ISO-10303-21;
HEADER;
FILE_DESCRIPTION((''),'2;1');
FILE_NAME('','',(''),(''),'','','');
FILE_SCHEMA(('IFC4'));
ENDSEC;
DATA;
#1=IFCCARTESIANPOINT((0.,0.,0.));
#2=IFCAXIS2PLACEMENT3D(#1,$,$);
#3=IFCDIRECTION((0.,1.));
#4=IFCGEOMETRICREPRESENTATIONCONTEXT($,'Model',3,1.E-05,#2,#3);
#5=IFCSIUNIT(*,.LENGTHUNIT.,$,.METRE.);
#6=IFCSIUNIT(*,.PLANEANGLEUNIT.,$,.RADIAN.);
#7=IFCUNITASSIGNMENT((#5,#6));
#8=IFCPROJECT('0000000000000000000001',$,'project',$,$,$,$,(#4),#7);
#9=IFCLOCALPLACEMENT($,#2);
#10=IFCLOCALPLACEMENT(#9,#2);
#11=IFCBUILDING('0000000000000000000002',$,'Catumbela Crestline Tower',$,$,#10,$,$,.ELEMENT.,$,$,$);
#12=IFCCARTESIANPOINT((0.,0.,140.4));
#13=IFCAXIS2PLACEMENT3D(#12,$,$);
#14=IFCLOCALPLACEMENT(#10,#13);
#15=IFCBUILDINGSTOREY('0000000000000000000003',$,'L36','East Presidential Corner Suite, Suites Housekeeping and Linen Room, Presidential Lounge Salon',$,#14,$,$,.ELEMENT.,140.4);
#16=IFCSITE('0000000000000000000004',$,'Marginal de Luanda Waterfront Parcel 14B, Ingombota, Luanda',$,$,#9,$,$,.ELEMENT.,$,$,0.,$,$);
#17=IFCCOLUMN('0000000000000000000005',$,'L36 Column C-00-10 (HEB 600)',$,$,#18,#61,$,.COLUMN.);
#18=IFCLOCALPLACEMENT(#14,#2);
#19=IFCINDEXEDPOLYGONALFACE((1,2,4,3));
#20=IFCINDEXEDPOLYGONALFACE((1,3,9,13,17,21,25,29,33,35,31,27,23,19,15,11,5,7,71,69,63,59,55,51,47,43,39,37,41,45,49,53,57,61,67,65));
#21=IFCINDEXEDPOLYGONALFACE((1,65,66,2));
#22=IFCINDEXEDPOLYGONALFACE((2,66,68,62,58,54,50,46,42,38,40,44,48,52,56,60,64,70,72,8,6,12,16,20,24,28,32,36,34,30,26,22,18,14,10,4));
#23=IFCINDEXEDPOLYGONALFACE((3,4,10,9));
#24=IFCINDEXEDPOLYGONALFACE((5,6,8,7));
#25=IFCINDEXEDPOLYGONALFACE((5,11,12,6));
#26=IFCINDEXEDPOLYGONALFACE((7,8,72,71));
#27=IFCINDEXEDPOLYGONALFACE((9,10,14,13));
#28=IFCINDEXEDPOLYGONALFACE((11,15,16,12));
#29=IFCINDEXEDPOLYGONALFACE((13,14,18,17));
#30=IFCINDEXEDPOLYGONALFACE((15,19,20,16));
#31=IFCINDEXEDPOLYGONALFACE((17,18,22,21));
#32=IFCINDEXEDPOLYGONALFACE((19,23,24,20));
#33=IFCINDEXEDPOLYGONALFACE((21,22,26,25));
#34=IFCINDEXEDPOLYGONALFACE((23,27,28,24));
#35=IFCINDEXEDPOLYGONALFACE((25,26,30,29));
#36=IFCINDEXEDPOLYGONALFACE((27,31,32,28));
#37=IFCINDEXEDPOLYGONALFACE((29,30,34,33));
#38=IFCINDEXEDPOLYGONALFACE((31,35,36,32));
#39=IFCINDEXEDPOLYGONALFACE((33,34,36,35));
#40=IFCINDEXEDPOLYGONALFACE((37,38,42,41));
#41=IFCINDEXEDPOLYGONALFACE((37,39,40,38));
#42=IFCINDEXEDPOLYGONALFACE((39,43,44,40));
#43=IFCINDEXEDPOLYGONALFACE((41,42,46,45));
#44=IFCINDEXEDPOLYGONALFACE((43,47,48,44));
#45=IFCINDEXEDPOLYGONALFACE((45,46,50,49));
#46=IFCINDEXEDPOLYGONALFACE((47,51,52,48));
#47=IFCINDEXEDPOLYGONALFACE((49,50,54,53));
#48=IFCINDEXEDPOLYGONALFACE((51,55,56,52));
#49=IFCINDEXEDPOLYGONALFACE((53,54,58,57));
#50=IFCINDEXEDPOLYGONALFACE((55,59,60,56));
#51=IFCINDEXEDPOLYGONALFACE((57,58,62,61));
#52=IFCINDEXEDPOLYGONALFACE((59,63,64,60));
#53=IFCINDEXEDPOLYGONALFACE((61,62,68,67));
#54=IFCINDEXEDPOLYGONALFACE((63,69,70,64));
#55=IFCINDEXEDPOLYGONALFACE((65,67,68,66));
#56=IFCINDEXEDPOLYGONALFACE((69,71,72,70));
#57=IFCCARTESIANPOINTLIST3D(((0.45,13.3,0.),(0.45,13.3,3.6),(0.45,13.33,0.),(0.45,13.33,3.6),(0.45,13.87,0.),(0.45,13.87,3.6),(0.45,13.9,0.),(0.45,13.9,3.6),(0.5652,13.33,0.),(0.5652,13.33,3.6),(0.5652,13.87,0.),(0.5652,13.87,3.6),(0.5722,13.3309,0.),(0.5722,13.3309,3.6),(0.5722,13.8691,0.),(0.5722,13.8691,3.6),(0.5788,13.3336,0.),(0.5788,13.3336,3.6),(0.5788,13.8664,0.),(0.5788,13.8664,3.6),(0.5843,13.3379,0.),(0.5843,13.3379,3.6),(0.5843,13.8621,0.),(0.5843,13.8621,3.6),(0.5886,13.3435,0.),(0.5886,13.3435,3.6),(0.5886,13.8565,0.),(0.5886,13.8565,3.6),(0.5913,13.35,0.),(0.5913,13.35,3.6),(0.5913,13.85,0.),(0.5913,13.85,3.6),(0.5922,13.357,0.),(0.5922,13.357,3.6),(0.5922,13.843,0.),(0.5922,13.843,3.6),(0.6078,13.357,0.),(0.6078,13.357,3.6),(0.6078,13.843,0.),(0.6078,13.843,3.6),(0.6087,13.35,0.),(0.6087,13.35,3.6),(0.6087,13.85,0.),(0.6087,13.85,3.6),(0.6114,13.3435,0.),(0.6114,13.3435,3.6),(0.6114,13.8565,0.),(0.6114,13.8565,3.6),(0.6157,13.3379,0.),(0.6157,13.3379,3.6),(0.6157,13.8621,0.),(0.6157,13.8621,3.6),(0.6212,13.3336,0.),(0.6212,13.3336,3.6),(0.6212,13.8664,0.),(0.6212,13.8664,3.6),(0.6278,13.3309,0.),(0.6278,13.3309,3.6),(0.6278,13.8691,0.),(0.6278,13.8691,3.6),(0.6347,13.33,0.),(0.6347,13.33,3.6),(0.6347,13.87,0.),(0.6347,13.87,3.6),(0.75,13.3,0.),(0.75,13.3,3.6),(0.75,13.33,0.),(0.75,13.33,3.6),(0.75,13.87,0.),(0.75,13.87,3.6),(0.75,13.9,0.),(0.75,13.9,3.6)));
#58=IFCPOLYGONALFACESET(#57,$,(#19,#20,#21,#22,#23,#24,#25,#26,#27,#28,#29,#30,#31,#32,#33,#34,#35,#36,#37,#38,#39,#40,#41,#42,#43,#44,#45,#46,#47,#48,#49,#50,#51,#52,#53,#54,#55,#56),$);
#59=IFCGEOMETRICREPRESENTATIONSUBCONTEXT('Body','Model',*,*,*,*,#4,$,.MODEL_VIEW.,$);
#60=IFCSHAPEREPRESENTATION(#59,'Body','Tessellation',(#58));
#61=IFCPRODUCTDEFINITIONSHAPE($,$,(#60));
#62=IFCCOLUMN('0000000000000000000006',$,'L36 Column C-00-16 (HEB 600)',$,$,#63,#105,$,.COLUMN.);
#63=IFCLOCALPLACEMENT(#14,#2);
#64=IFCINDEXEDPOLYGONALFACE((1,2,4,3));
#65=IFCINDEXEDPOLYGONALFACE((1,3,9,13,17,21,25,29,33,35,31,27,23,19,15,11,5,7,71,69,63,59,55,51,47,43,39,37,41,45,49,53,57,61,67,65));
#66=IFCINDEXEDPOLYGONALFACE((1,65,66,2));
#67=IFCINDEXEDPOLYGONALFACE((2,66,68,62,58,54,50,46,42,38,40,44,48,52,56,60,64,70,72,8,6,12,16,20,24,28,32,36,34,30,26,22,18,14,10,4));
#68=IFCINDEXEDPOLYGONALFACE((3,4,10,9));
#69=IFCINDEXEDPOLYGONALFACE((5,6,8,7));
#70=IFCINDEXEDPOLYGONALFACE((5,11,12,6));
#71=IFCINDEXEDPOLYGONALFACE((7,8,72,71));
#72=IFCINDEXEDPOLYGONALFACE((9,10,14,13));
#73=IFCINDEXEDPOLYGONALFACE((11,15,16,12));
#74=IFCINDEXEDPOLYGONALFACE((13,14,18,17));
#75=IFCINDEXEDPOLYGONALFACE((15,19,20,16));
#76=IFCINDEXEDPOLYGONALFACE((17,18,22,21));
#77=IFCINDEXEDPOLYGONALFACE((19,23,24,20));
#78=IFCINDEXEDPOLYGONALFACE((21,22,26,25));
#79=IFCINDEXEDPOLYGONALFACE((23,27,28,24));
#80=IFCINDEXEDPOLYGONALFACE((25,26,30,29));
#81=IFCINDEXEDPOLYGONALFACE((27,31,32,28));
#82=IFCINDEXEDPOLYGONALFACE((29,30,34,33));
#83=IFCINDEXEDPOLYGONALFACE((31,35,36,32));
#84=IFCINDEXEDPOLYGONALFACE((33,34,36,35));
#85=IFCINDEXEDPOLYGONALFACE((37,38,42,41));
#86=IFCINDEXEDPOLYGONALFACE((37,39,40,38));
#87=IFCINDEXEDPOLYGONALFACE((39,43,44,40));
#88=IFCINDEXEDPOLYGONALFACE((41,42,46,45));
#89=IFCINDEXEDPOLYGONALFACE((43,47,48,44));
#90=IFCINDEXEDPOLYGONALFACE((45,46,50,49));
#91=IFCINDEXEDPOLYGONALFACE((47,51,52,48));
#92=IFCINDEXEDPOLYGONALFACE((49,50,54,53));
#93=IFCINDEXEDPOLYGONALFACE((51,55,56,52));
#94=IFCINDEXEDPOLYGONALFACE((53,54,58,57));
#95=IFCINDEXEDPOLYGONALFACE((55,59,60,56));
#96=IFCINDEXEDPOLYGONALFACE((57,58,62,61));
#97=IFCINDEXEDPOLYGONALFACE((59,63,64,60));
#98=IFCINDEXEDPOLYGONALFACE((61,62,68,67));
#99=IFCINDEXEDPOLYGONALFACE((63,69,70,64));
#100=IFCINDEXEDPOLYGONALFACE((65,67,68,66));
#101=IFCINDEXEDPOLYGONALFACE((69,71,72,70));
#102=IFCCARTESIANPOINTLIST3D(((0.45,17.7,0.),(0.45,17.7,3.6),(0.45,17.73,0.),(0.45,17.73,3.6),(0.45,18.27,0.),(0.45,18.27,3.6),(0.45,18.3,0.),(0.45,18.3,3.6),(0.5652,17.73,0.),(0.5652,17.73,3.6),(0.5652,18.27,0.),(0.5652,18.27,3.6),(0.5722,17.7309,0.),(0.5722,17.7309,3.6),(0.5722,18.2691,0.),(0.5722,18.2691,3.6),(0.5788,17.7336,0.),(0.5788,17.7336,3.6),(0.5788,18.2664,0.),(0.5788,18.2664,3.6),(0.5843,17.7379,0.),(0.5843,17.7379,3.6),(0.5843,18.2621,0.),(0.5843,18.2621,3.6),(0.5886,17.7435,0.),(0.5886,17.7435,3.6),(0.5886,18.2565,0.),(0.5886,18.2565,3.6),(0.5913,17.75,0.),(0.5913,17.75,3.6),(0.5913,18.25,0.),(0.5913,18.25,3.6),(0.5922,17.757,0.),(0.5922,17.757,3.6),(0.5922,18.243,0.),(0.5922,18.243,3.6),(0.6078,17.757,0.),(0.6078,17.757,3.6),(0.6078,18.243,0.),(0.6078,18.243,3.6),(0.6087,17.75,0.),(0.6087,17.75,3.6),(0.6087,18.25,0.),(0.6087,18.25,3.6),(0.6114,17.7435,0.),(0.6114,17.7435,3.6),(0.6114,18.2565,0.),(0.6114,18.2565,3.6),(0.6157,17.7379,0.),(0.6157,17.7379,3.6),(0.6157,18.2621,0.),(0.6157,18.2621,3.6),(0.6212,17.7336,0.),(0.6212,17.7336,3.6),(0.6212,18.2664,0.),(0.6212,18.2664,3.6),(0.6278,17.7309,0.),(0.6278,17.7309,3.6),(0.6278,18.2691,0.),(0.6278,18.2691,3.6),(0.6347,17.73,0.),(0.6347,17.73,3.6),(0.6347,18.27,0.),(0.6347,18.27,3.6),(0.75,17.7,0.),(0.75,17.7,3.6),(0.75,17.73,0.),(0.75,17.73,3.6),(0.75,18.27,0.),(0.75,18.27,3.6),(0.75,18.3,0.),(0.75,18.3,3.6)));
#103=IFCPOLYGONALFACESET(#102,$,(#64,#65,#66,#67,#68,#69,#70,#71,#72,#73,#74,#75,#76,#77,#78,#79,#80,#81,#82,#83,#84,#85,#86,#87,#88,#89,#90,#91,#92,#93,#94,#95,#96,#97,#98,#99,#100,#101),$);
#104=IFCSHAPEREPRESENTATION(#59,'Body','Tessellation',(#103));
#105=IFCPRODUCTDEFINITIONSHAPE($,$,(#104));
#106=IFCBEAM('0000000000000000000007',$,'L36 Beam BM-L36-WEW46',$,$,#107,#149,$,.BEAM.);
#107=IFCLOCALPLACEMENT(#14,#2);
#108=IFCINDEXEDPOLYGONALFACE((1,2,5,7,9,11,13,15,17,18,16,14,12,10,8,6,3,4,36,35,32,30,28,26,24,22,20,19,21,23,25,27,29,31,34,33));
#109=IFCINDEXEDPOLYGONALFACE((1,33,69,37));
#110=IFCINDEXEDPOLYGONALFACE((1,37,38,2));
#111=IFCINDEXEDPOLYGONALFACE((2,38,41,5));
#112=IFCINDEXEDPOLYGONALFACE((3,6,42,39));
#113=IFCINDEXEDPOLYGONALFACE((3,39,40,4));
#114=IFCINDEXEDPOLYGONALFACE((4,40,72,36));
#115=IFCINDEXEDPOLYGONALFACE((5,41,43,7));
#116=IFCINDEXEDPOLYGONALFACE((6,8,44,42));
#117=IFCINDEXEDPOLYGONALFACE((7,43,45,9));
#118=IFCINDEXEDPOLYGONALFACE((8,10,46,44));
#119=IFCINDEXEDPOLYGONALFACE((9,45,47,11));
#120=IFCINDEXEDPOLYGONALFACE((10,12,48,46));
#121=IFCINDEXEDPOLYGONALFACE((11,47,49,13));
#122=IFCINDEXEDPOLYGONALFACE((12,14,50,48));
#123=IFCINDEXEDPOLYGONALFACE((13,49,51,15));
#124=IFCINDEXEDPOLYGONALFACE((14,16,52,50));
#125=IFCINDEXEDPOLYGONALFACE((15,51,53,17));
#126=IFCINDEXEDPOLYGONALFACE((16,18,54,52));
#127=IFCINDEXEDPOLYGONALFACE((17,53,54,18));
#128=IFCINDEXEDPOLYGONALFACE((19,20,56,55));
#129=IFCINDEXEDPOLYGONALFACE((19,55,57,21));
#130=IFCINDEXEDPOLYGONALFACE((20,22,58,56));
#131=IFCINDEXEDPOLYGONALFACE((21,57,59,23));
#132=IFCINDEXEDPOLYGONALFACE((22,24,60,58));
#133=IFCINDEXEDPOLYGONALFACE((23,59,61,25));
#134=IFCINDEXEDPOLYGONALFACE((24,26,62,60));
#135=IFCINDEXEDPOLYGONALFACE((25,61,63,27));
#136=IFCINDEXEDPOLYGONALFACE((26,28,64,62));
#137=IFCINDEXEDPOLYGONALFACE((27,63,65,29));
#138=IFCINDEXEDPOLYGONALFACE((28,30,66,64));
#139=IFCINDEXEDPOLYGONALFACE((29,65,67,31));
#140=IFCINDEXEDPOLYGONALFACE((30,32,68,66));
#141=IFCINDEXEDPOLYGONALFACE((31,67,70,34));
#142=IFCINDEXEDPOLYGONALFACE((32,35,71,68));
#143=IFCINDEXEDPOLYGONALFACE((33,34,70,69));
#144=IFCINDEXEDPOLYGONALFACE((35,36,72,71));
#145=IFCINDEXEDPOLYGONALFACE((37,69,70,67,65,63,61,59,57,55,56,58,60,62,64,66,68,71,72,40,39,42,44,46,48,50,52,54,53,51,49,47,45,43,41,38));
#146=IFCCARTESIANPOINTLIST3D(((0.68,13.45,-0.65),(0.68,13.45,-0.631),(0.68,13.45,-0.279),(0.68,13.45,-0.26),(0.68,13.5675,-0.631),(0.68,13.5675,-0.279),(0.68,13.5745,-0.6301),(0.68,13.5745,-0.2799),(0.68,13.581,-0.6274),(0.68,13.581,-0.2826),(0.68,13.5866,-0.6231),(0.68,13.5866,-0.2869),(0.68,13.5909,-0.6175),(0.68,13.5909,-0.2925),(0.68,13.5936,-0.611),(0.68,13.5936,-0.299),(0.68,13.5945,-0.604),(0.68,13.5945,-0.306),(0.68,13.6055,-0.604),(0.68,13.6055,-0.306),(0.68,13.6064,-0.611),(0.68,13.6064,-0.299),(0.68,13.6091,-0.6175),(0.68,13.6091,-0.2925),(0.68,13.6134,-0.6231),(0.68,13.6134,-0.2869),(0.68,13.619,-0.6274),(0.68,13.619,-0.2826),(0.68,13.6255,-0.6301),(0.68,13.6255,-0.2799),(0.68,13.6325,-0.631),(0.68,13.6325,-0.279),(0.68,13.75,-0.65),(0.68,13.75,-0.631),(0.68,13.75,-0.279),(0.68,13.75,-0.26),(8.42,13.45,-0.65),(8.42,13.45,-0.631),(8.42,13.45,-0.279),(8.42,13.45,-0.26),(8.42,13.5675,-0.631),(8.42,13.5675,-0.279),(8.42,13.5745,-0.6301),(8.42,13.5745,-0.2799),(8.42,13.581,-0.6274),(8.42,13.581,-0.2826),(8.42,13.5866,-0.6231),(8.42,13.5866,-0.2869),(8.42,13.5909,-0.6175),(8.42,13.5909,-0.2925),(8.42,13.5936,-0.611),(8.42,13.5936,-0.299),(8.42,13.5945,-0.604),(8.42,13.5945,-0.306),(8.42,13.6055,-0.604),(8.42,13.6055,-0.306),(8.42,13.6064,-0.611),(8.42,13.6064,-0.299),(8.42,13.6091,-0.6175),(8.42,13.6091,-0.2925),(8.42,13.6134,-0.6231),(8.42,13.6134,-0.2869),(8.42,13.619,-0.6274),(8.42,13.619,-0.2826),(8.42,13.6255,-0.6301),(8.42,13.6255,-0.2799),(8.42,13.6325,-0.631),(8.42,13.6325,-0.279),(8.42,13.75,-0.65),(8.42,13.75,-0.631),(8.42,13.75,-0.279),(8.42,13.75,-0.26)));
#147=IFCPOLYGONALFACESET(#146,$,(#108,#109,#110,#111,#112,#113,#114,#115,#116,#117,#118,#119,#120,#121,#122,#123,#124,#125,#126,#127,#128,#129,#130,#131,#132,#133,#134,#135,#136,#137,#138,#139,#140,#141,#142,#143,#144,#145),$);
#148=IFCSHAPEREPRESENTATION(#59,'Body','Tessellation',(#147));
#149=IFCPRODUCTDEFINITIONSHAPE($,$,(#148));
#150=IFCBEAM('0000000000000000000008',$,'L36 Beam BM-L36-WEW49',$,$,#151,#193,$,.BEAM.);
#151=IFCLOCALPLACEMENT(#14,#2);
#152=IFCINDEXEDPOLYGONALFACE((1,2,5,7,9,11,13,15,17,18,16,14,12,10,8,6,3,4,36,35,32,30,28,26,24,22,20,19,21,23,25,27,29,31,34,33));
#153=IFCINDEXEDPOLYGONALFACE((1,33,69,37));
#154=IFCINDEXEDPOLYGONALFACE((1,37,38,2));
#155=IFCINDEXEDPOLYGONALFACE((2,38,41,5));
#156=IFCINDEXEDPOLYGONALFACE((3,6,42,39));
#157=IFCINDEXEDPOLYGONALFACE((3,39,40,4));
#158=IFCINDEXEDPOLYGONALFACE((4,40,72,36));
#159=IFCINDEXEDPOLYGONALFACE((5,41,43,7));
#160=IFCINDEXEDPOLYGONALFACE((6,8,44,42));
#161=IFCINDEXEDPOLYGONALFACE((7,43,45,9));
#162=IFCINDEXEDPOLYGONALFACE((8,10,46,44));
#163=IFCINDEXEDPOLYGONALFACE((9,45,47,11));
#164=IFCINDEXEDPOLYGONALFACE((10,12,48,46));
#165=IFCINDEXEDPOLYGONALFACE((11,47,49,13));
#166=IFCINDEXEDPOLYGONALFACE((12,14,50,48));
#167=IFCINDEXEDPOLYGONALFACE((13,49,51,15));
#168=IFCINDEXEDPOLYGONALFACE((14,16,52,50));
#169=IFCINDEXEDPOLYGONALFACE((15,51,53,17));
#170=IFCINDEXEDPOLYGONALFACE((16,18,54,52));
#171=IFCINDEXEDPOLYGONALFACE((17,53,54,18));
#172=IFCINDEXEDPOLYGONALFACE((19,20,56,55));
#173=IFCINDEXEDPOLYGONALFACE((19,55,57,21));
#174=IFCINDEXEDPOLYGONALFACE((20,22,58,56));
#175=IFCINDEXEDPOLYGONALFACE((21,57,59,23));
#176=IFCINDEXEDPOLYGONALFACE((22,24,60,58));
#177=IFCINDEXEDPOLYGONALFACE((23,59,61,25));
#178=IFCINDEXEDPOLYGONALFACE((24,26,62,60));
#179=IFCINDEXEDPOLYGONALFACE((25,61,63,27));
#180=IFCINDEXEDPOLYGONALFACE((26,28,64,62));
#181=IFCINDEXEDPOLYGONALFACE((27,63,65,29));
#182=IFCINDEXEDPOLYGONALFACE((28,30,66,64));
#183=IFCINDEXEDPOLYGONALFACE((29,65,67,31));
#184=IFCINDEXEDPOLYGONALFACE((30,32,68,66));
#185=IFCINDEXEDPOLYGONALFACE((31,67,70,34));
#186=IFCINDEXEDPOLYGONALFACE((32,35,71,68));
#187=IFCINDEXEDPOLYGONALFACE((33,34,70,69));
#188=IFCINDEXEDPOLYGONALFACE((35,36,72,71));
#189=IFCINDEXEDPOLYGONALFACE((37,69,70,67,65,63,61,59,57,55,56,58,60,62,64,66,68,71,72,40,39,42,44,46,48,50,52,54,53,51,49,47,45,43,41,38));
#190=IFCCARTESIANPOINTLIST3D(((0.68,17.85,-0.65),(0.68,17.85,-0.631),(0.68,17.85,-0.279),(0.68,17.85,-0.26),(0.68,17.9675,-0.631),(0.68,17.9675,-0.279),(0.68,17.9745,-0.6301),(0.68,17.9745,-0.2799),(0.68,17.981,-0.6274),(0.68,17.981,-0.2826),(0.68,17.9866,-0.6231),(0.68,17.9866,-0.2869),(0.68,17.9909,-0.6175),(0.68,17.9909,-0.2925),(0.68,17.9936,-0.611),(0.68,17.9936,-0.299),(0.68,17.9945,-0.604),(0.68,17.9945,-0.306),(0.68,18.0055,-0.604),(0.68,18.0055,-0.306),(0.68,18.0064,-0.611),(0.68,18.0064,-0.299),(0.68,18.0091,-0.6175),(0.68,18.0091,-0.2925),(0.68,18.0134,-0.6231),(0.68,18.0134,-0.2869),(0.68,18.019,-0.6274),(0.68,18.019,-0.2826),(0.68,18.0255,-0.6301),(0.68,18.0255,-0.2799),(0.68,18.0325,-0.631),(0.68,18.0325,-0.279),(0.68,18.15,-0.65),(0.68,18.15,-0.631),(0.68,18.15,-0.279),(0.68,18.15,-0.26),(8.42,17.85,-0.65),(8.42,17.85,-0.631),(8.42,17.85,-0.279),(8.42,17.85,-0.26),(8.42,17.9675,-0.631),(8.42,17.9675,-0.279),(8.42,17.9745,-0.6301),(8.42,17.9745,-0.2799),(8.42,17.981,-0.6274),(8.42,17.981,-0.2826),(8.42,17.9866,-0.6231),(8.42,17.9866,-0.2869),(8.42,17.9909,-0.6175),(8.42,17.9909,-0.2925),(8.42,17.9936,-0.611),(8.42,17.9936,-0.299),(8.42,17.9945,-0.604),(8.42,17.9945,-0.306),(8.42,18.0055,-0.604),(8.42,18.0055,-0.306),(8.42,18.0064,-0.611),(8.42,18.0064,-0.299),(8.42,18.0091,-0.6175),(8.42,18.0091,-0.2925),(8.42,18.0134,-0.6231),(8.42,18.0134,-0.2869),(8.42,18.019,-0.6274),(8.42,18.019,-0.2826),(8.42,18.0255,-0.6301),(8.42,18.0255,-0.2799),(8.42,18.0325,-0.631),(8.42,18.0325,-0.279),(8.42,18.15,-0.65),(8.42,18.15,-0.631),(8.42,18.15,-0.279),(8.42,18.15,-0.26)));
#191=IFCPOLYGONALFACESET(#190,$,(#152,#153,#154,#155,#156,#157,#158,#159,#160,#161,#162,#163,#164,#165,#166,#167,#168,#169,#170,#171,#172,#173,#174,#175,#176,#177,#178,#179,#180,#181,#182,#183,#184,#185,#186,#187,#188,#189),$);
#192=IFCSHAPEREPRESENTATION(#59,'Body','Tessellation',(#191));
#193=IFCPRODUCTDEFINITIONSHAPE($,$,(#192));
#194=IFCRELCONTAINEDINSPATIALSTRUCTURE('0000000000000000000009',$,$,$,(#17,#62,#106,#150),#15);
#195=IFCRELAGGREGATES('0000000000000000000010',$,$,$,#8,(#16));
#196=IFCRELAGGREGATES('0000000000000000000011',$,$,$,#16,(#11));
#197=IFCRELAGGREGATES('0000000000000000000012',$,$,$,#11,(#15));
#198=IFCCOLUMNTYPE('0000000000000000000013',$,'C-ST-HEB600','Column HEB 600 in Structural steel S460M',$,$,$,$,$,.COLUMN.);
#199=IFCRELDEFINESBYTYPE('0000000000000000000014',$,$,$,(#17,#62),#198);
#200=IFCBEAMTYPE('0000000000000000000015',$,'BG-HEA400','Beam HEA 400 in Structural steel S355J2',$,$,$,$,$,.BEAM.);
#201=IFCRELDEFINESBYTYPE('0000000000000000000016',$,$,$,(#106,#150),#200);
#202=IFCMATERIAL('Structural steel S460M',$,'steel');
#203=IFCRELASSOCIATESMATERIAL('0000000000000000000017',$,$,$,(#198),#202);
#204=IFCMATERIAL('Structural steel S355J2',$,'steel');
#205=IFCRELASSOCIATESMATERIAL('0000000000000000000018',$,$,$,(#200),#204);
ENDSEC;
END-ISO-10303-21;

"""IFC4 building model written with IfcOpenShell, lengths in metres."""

from ifc_helpers import new_model, si_unit, direction, frame, origin, origin_2d, place, context, subcontext, project, spatial, i_section, extrude, material, material_profile, profile_set, type_object, element, save


model = new_model("IFC4")

# Units and contexts
model_context = context("Model", 3, precision=1e-05, world=origin(), true_north=direction((0.0, 1.0)))
body_context = subcontext(model_context, "Body", "Model", "MODEL_VIEW")
ifc_project = project(units=[si_unit("LENGTHUNIT", "METRE"), si_unit("PLANEANGLEUNIT", "RADIAN")], contexts=[model_context])

# Site, building, storey
site_placement = place(None, origin())
site = spatial("IfcSite", under=ifc_project, at=site_placement, Name="Marginal de Luanda Waterfront Parcel 14B, Ingombota, Luanda", CompositionType="ELEMENT", RefElevation=0.0)
building_placement = place(site_placement, origin())
building = spatial("IfcBuilding", under=site, at=building_placement, Name="Catumbela Crestline Tower", CompositionType="ELEMENT")
storey_placement = place(building_placement, frame((0.0, 0.0, 140.4)))
storey = spatial("IfcBuildingStorey", under=building, at=storey_placement, Name="L36", Description="East Presidential Corner Suite, Suites Housekeeping and Linen Room, Presidential Lounge Salon", CompositionType="ELEMENT", Elevation=140.4)

# Columns
ifc_material_1 = material(Name="Structural steel S460M", Category="steel")
ifc_material_profile_1 = material_profile(ifc_material_1, i_section(OverallWidth=0.3, OverallDepth=0.6, WebThickness=0.0155, FlangeThickness=0.03, FilletRadius=0.027, at=origin_2d()), Name="HEB 600")
ifc_profile_set_1 = profile_set([ifc_material_profile_1], Name="Structural steel S460M")
column_type = type_object("IfcColumnType", Name="C-ST-HEB600", Description="Column HEB 600 in Structural steel S460M", PredefinedType="COLUMN", material=ifc_profile_set_1)
for number, where, z_axis, x_axis, name in (
    (1, (0.6, 13.6, 0.0), (0.0, 0.0, 1.0), (1.0, 0.0, 0.0), "L36 Column C-00-10 (HEB 600)"),
    (2, (0.6, 18.0, 0.0), (0.0, 0.0, 1.0), (1.0, 0.0, 0.0), "L36 Column C-00-16 (HEB 600)"),
):
    element("IfcColumn", number, at=place(storey_placement, frame(where, z_axis=z_axis, x_axis=x_axis)), inside=storey, type_object=column_type, Name=name, PredefinedType="COLUMN", context=body_context, shape_type="SweptSolid", body=[
        extrude(i_section(OverallWidth=0.3, OverallDepth=0.6, WebThickness=0.0155, FlangeThickness=0.03, FilletRadius=0.027, at=origin_2d()), origin(), (0.0, 0.0, 1.0), 3.6),
    ])

# Beams
ifc_material_2 = material(Name="Structural steel S355J2", Category="steel")
ifc_material_profile_2 = material_profile(ifc_material_2, i_section(OverallWidth=0.3, OverallDepth=0.39, WebThickness=0.011, FlangeThickness=0.019, FilletRadius=0.027, at=origin_2d()), Name="HEA 400")
ifc_profile_set_2 = profile_set([ifc_material_profile_2], Name="Structural steel S355J2")
beam_type_1 = type_object("IfcBeamType", Name="BG-HEA400", Description="Beam HEA 400 in Structural steel S355J2", PredefinedType="BEAM", material=ifc_profile_set_2)
for number, where, z_axis, x_axis, name in (
    (3, (0.68, 13.6, -0.455), (1.0, 0.0, 0.0), (0.0, 1.0, 0.0), "L36 Beam BM-L36-WEW46"),
    (4, (0.68, 18.0, -0.455), (1.0, 0.0, 0.0), (0.0, 1.0, 0.0), "L36 Beam BM-L36-WEW49"),
):
    element("IfcBeam", number, at=place(storey_placement, frame(where, z_axis=z_axis, x_axis=x_axis)), inside=storey, type_object=beam_type_1, Name=name, PredefinedType="BEAM", context=body_context, shape_type="SweptSolid", body=[
        extrude(i_section(OverallWidth=0.3, OverallDepth=0.39, WebThickness=0.011, FlangeThickness=0.019, FilletRadius=0.027, at=origin_2d()), origin(), (0.0, 0.0, 1.0), 7.74),
    ])

save(model, "model.ifc")
